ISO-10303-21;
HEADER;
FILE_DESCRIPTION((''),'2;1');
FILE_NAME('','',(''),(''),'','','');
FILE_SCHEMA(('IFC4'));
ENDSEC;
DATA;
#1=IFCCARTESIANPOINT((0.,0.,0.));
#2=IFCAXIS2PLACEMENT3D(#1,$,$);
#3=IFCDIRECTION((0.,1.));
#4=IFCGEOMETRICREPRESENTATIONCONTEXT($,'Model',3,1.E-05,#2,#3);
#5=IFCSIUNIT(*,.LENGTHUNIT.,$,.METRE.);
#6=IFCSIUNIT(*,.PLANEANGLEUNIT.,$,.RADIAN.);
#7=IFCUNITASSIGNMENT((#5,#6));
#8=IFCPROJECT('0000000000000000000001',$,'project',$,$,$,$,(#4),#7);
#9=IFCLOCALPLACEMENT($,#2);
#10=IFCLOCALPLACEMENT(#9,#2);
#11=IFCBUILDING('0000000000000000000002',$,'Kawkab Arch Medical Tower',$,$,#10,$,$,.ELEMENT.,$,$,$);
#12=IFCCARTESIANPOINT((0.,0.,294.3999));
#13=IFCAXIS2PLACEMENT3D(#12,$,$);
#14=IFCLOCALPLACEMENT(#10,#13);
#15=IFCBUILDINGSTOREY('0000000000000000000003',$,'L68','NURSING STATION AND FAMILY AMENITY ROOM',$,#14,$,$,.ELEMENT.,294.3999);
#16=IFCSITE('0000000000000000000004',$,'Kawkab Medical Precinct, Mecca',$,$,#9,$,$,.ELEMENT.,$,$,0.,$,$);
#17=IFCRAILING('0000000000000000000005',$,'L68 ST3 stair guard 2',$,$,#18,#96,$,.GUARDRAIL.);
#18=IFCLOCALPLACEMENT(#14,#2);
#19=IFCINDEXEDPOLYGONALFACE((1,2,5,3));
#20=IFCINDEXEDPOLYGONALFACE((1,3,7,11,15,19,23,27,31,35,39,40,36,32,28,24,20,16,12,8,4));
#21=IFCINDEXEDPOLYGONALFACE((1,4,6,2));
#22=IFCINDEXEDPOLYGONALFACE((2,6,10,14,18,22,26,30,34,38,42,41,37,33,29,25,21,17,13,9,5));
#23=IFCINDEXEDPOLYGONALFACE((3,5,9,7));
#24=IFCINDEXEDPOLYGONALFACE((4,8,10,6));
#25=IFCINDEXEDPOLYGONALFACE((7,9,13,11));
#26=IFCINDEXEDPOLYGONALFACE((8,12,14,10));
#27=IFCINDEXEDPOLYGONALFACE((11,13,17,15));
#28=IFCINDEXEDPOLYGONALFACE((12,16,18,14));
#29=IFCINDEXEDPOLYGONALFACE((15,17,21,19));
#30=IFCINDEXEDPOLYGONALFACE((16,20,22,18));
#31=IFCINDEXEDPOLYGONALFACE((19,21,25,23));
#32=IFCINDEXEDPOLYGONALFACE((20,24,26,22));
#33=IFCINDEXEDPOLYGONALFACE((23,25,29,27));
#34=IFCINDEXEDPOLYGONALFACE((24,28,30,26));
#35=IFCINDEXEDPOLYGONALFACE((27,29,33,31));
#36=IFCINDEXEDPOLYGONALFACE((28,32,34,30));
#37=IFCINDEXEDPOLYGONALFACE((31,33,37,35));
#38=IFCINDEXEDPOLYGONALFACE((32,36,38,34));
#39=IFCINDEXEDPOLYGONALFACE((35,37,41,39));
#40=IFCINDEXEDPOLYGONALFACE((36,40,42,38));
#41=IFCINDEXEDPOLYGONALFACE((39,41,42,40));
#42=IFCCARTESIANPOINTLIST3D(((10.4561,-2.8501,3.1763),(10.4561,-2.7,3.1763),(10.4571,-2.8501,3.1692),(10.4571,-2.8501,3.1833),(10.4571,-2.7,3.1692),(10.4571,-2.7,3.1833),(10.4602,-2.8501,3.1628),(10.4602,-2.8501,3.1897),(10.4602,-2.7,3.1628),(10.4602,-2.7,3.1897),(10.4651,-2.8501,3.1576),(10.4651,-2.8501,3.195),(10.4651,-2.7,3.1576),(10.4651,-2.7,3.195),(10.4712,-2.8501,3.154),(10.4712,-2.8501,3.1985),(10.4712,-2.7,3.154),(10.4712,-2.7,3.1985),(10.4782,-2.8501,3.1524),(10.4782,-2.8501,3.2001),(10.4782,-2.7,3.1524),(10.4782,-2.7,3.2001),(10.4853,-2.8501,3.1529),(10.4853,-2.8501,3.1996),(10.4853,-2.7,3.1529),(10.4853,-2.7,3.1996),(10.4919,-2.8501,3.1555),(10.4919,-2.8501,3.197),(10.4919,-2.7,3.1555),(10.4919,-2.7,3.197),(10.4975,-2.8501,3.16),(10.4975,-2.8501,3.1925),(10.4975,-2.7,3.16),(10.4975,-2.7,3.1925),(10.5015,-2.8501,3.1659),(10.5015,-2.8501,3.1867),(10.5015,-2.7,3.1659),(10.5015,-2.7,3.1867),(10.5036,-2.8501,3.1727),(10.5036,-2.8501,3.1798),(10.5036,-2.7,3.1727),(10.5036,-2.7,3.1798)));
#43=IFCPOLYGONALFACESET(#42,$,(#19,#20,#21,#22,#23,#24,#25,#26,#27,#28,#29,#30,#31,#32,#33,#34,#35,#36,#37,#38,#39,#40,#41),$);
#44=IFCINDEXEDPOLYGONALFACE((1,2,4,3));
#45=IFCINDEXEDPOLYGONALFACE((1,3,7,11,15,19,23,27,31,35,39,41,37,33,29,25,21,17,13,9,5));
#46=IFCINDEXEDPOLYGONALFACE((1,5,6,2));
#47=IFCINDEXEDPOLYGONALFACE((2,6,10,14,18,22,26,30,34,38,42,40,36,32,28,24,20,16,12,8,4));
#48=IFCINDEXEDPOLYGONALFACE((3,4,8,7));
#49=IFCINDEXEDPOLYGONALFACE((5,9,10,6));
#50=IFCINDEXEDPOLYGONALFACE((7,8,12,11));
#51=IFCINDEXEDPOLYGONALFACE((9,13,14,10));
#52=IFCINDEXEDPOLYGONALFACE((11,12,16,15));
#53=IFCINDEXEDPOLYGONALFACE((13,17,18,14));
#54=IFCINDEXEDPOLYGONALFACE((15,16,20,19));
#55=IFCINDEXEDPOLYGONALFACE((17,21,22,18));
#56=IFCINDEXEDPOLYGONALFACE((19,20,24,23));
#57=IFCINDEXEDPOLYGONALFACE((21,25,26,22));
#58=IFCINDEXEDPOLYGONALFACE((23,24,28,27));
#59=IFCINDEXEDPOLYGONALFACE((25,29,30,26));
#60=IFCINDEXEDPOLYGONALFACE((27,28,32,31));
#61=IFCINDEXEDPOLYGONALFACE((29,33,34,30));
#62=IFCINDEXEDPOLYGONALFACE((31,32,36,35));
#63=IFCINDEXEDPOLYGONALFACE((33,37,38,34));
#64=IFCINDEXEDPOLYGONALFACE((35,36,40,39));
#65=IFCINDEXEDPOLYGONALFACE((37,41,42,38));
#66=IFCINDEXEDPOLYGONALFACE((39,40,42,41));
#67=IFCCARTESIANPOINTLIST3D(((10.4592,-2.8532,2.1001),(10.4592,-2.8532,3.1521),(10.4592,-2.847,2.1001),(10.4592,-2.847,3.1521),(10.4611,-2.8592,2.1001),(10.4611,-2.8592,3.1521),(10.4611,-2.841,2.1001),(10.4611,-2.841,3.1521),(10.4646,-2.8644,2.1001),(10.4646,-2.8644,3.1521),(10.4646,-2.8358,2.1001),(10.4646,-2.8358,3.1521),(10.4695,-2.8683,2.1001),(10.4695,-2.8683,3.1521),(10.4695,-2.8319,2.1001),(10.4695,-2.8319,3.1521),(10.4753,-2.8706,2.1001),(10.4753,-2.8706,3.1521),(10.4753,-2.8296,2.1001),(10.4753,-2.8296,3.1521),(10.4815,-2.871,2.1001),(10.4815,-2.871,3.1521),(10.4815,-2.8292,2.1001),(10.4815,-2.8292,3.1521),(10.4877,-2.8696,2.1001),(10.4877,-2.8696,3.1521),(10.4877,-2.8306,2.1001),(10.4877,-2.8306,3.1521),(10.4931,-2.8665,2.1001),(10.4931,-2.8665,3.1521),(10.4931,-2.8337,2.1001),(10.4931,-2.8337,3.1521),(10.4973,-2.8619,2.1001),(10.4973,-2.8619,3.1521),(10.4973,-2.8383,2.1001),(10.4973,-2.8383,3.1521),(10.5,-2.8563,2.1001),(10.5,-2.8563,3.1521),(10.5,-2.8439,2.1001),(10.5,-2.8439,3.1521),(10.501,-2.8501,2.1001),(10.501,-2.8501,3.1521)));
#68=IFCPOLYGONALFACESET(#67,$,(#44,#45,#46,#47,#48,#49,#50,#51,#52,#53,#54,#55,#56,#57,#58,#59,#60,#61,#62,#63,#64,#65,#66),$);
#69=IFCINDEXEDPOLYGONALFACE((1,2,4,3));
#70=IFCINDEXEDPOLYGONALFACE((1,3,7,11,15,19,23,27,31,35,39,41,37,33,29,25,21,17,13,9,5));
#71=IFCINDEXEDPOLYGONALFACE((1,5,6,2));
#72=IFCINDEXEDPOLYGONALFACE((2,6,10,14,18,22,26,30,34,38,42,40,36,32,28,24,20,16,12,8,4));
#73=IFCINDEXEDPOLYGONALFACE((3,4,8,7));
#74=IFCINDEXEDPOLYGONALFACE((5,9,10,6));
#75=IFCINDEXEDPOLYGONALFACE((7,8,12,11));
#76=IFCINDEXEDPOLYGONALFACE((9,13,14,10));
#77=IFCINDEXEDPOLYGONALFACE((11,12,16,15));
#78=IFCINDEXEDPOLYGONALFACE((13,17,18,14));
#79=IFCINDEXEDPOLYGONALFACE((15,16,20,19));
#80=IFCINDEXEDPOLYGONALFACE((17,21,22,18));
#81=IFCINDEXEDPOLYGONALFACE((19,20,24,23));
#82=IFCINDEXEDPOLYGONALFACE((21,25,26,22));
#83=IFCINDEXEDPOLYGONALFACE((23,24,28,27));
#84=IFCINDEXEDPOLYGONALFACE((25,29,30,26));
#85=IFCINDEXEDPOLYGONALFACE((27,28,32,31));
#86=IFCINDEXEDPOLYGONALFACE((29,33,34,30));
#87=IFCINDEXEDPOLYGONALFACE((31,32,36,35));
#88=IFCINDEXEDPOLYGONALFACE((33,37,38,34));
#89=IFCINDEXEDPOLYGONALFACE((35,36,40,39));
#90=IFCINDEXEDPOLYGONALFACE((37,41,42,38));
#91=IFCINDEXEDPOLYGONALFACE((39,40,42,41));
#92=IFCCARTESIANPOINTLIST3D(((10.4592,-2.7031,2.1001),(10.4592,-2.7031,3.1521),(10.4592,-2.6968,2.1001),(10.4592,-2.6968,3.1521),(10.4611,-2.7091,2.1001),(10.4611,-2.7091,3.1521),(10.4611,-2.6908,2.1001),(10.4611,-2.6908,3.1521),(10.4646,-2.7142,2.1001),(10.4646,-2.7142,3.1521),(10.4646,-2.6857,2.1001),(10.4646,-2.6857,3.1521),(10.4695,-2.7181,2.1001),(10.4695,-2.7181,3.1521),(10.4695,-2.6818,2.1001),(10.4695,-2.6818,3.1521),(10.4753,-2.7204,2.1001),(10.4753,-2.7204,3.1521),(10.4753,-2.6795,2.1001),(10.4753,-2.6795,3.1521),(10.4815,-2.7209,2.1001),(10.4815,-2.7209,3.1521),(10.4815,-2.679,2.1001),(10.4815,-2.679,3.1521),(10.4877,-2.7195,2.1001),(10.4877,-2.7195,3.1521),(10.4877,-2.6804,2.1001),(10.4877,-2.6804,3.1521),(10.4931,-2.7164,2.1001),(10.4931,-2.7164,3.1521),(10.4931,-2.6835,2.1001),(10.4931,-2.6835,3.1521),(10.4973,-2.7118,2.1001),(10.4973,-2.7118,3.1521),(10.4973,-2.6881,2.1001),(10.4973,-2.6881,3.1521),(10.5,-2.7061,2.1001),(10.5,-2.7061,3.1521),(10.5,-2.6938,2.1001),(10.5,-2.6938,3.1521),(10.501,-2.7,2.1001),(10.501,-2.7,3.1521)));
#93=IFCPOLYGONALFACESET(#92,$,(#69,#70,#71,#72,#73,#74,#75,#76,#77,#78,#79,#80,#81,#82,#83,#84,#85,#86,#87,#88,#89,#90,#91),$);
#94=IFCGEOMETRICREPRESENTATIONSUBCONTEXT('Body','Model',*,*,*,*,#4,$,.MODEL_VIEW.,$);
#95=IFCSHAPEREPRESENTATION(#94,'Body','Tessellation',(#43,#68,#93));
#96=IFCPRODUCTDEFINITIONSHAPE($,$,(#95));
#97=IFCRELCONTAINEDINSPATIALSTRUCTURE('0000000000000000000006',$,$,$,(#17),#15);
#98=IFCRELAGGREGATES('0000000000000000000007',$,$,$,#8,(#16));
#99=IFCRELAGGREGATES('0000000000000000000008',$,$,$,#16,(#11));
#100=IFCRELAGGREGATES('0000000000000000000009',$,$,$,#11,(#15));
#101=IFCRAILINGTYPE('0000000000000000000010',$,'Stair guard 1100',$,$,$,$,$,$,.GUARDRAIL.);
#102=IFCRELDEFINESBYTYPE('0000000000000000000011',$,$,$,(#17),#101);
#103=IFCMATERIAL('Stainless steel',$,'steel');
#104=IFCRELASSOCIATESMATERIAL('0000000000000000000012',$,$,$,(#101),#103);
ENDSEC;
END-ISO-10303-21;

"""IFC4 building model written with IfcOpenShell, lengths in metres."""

from ifc_helpers import new_model, si_unit, direction, frame, origin, origin_2d, place, context, subcontext, project, spatial, circle, extrude, material, type_object, element, save


model = new_model("IFC4")

# Units and contexts
model_context = context("Model", 3, precision=1e-05, world=origin(), true_north=direction((0.0, 1.0)))
body_context = subcontext(model_context, "Body", "Model", "MODEL_VIEW")
ifc_project = project(units=[si_unit("LENGTHUNIT", "METRE"), si_unit("PLANEANGLEUNIT", "RADIAN")], contexts=[model_context])

# Site, building, storey
site_placement = place(None, origin())
site = spatial("IfcSite", under=ifc_project, at=site_placement, Name="Kawkab Medical Precinct, Mecca", CompositionType="ELEMENT", RefElevation=0.0)
building_placement = place(site_placement, origin())
building = spatial("IfcBuilding", under=site, at=building_placement, Name="Kawkab Arch Medical Tower", CompositionType="ELEMENT")
storey_placement = place(building_placement, frame((0.0, 0.0, 294.3999)))
storey = spatial("IfcBuildingStorey", under=building, at=storey_placement, Name="L68", Description="NURSING STATION AND FAMILY AMENITY ROOM", CompositionType="ELEMENT", Elevation=294.3999)

# Railing
ifc_material_1 = material(Name="Stainless steel", Category="steel")
railing_type_1 = type_object("IfcRailingType", Name="Stair guard 1100", PredefinedType="GUARDRAIL", material=ifc_material_1)
railing_1_placement = place(storey_placement, frame((10.48, -2.8501, 2.1001)))
element("IfcRailing", 1, at=railing_1_placement, inside=storey, type_object=railing_type_1, Name="L68 ST3 stair guard 2", PredefinedType="GUARDRAIL", context=body_context, shape_type="SweptSolid", body=[
    extrude(circle(Radius=0.0239, at=origin_2d()), frame((0.0, 0.0, 1.0762), z_axis=(0.0, 1.0, 0.0), x_axis=(-1.0, 0.0, 0.0)), (0.0, 0.0, 1.0), 0.1501),
    extrude(circle(Radius=0.021, at=origin_2d()), origin(), (0.0, 0.0, 1.0), 1.052),
    extrude(circle(Radius=0.021, at=origin_2d()), frame((0.0, 0.1501, 0.0)), (0.0, 0.0, 1.0), 1.052),
])

save(model, "model.ifc")
